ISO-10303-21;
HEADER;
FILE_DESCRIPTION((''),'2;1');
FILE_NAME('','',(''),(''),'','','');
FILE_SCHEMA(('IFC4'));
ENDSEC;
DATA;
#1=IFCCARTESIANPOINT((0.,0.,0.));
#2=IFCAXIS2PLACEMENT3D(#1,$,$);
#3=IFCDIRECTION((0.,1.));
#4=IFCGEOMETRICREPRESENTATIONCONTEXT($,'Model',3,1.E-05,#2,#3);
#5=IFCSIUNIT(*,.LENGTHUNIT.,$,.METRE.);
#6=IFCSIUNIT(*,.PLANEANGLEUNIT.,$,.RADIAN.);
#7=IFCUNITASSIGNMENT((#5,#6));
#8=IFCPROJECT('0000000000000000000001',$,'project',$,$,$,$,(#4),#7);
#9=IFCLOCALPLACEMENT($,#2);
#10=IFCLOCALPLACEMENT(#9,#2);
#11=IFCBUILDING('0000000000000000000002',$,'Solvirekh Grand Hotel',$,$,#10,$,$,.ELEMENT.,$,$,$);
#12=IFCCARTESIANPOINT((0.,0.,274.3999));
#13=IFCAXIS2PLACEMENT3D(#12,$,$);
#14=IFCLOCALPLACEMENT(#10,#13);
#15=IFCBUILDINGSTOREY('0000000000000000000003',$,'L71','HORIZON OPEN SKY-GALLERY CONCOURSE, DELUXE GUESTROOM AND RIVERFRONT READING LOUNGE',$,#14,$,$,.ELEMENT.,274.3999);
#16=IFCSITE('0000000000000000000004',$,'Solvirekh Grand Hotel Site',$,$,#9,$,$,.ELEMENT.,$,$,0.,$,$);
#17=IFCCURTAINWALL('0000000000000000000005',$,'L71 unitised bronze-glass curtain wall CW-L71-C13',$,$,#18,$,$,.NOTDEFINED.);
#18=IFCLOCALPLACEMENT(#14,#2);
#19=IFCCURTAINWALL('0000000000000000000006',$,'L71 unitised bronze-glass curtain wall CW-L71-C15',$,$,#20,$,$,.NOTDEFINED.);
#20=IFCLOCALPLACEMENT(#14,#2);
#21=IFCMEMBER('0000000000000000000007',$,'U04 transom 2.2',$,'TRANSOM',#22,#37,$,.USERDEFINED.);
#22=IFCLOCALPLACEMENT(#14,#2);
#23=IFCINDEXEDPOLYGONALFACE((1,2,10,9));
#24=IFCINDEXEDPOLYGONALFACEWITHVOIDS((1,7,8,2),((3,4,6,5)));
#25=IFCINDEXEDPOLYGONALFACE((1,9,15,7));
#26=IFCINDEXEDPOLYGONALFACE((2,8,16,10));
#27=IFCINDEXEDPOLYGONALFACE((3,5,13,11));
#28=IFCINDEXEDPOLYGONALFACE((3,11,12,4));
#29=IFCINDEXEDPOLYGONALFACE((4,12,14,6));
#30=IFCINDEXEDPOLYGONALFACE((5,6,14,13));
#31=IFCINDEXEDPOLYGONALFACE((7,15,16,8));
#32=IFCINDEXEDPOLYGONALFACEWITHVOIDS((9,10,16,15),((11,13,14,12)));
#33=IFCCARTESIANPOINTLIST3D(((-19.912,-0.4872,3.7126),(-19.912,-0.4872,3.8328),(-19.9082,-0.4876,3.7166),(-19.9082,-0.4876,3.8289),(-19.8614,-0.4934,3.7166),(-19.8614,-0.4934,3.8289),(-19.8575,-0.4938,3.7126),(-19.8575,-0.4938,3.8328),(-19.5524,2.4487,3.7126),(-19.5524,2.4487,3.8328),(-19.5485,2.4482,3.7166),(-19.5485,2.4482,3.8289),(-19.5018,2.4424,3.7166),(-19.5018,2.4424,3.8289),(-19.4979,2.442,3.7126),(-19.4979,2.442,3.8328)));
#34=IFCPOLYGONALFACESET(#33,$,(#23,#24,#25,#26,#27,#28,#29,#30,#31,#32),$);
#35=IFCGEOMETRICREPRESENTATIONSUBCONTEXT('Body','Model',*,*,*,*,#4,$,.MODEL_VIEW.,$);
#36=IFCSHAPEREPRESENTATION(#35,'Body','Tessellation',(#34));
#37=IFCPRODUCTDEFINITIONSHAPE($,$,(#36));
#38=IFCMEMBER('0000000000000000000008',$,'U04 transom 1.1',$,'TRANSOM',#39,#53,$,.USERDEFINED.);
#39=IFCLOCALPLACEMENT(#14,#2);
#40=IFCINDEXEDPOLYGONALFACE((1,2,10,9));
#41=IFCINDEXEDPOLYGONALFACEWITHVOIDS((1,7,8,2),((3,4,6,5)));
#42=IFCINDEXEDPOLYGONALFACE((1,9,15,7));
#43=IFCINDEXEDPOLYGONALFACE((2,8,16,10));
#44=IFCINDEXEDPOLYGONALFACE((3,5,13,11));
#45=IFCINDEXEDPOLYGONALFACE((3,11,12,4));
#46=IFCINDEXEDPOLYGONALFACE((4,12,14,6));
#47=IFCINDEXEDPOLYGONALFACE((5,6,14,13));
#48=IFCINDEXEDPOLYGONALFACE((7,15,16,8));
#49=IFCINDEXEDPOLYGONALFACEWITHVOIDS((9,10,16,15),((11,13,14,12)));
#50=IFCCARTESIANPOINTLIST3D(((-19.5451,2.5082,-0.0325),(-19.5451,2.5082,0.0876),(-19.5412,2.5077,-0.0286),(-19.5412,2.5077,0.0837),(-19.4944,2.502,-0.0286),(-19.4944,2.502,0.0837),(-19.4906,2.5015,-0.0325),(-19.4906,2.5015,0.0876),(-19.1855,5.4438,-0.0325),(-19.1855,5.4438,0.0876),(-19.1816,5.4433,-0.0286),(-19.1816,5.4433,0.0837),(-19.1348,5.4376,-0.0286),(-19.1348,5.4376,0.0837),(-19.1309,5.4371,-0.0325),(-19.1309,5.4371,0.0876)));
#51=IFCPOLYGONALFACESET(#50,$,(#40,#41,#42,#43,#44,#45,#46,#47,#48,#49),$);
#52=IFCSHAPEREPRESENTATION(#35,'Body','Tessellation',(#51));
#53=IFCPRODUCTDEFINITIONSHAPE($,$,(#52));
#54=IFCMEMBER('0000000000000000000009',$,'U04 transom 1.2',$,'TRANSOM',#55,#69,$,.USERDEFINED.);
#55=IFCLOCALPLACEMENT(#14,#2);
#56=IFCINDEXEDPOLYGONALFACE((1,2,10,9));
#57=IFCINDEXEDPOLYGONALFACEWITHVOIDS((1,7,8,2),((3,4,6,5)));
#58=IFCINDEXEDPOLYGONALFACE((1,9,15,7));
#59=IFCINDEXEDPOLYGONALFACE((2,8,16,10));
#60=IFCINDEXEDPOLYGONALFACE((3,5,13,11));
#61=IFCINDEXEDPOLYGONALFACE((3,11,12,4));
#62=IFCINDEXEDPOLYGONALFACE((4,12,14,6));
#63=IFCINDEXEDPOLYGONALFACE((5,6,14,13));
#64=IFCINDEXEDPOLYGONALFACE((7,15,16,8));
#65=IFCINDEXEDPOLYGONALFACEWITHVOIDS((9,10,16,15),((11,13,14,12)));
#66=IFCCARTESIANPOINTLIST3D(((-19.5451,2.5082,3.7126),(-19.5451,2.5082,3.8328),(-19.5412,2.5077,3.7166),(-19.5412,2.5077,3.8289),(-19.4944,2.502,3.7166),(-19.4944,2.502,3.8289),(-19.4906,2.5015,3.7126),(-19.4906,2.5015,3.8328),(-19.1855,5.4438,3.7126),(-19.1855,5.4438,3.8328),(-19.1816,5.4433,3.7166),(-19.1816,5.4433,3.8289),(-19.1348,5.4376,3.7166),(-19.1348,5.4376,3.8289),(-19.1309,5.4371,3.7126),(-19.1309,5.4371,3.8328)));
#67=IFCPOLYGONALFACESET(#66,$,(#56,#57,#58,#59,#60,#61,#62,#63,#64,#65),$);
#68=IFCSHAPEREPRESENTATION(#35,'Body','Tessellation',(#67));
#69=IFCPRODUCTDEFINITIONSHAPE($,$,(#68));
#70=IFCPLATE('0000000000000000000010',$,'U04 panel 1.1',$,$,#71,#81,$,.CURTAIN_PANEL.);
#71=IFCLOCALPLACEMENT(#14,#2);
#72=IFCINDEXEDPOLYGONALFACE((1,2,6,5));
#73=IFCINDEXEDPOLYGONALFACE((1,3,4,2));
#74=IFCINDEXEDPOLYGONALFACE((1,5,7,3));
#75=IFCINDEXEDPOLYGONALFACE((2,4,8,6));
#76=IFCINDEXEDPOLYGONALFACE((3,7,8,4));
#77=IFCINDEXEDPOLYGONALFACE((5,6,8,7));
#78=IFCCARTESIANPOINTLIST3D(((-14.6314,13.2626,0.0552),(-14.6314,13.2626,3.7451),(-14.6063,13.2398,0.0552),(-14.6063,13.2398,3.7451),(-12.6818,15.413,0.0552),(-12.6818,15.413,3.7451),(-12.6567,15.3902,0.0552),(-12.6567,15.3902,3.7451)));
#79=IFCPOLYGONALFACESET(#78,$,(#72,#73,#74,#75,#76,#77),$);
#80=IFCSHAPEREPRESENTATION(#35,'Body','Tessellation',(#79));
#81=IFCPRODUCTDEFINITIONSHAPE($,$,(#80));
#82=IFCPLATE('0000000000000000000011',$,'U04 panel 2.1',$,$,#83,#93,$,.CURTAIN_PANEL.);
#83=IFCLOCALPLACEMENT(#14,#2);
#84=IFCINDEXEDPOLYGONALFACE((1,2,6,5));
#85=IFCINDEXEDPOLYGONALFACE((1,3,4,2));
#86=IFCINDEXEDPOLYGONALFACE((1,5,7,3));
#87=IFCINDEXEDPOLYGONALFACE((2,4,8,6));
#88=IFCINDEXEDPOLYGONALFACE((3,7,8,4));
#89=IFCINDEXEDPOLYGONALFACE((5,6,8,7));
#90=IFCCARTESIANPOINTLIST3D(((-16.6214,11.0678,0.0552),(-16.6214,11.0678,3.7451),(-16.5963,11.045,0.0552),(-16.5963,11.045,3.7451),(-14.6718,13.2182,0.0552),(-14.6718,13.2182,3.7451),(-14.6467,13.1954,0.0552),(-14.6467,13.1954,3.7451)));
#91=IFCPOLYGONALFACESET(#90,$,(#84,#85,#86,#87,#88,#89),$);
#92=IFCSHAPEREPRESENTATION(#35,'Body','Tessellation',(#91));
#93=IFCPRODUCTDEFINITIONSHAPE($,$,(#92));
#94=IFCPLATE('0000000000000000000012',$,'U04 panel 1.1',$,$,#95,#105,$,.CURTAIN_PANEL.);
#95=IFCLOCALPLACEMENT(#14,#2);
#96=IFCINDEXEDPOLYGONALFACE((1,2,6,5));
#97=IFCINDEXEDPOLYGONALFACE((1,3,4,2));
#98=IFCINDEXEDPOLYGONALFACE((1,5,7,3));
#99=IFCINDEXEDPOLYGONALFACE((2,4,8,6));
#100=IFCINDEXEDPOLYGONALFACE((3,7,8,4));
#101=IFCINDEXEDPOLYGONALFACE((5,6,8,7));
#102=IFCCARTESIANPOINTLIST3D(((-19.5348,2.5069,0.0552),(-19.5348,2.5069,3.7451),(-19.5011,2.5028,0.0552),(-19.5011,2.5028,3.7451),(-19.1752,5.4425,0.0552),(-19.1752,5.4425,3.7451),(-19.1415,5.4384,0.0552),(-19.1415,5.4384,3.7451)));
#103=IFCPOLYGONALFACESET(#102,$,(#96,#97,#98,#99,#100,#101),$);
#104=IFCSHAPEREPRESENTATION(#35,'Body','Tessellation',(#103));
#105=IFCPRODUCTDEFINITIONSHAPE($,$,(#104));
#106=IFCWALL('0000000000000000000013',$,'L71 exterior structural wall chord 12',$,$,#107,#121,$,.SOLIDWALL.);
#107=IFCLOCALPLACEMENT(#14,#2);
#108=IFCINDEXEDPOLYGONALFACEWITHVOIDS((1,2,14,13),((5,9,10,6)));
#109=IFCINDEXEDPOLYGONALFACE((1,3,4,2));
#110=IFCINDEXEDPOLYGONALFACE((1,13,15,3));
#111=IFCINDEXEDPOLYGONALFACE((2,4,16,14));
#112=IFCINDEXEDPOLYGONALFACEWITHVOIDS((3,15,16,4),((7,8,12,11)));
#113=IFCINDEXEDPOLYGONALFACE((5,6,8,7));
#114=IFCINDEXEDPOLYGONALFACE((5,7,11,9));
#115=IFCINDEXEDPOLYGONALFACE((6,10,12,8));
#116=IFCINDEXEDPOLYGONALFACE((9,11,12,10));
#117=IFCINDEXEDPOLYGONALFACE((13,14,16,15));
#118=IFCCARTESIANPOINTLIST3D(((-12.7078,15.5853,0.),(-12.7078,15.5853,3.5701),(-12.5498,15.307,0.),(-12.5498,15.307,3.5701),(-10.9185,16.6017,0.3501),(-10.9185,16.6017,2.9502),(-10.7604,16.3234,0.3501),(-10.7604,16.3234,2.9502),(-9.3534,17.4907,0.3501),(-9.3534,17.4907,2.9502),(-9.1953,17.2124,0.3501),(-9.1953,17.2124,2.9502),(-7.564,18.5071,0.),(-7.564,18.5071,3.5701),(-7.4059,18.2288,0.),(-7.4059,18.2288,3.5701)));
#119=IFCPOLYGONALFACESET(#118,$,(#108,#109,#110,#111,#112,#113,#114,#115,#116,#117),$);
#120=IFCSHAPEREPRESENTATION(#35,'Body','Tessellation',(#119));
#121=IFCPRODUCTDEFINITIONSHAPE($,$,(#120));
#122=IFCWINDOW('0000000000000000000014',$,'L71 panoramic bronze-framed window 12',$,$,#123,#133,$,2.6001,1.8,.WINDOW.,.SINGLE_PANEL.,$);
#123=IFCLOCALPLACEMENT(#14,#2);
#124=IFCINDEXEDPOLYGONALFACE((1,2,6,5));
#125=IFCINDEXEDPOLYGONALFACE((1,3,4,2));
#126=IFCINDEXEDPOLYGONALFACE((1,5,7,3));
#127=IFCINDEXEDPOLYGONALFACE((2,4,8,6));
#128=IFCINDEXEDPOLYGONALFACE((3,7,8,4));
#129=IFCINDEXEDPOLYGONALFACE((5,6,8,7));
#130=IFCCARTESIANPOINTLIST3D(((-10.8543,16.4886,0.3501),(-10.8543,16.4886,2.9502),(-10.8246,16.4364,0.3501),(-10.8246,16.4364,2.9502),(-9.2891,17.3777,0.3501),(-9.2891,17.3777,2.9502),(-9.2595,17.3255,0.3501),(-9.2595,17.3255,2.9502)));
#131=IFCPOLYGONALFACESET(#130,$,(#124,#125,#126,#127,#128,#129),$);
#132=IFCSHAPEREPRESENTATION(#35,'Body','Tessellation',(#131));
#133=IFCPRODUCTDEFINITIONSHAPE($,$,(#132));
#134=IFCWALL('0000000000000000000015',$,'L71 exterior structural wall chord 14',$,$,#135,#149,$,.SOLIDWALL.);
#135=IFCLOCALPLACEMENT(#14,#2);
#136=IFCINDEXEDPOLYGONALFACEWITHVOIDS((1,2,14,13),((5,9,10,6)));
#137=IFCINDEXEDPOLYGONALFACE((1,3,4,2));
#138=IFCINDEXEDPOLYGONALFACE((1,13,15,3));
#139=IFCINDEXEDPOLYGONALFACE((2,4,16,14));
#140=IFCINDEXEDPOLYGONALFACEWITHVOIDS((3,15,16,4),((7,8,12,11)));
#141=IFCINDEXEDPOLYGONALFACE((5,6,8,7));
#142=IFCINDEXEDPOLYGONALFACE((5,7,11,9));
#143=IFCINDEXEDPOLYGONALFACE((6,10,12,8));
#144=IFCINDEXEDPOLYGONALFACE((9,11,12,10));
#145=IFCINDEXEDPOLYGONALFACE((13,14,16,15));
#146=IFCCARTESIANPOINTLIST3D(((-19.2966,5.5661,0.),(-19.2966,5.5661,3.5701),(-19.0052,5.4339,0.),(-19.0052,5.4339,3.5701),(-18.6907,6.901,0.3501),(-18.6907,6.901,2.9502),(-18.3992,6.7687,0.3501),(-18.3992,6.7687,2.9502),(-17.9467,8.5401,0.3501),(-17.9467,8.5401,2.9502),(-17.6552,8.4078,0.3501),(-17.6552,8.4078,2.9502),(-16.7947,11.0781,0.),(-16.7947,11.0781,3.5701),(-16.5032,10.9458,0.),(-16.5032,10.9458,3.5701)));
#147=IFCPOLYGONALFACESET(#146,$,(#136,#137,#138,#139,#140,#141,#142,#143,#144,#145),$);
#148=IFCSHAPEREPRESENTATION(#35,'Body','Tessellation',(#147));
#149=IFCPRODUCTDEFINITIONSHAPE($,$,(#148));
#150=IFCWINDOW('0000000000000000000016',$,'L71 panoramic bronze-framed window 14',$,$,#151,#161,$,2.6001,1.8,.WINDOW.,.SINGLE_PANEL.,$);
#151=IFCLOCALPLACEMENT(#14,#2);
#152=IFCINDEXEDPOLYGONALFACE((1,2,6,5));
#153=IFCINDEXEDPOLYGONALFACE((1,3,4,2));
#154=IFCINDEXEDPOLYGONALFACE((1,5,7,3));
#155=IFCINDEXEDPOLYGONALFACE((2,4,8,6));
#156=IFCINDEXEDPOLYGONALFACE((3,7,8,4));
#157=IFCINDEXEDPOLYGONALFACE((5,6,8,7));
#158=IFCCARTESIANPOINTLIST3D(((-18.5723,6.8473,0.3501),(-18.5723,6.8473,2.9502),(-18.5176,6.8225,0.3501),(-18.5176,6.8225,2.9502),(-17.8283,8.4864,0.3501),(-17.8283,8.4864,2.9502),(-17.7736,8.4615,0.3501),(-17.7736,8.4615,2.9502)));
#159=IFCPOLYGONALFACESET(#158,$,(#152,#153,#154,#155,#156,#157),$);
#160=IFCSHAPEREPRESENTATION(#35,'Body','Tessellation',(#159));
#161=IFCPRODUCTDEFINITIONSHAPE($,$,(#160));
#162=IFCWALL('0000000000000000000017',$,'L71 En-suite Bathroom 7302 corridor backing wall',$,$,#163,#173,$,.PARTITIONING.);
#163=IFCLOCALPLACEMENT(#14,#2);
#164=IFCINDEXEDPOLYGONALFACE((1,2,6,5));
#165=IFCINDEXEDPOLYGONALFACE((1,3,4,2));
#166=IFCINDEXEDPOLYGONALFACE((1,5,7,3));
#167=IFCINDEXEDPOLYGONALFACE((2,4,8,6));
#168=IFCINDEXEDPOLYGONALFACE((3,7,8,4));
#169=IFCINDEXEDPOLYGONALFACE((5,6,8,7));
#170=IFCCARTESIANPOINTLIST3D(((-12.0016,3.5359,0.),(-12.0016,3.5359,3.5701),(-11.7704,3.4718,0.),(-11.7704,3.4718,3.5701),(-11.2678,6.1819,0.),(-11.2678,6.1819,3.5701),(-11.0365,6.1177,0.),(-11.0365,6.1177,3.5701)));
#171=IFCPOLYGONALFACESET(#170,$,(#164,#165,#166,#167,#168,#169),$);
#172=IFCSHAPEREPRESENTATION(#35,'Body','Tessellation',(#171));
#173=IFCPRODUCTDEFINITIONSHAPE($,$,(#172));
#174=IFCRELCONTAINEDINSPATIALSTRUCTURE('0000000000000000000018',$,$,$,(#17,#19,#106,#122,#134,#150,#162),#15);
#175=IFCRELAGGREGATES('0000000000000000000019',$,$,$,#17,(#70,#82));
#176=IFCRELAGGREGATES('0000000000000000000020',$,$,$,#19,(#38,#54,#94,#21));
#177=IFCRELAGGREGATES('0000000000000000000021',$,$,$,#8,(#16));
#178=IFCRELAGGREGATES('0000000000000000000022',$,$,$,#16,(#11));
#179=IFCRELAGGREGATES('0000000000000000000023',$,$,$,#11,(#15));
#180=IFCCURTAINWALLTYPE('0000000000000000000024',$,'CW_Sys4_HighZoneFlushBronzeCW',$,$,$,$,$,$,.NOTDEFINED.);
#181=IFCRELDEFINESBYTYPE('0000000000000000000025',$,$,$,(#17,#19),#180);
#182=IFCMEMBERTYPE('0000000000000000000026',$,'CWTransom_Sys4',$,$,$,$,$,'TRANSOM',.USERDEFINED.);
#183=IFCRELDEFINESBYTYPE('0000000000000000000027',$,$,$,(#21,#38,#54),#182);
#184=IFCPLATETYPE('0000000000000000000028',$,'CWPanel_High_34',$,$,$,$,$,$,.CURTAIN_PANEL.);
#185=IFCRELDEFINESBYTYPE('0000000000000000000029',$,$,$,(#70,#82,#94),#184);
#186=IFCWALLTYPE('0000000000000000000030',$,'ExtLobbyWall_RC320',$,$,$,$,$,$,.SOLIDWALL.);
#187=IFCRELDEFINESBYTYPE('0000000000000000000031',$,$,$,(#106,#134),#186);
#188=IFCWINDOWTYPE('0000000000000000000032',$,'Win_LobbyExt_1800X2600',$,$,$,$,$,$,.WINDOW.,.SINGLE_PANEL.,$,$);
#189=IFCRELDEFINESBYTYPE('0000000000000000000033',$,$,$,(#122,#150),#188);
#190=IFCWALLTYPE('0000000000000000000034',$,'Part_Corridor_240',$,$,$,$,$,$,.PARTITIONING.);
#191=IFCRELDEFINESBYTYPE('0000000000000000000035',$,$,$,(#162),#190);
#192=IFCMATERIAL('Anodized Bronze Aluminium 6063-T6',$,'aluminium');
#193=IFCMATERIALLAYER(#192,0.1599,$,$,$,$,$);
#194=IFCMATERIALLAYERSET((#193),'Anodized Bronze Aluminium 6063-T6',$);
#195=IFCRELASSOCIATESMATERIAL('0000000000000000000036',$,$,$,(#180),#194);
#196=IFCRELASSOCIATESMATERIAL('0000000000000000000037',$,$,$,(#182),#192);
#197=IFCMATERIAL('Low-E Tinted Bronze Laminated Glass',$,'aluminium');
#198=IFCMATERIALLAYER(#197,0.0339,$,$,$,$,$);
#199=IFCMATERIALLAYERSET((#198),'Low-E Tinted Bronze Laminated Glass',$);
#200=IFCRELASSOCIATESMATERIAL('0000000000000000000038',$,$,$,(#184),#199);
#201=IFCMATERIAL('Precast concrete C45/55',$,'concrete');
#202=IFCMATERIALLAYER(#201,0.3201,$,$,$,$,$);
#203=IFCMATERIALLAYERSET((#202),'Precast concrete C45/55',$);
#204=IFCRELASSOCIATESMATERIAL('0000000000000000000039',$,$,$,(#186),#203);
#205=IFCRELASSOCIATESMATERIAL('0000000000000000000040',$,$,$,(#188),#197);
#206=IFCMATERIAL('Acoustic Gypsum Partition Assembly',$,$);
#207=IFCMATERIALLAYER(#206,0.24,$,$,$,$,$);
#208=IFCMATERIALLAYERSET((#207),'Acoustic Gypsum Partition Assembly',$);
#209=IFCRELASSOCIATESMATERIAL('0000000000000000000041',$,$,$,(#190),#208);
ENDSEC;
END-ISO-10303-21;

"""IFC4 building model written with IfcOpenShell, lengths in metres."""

from ifc_helpers import new_model, si_unit, direction, frame, frame_2d, origin, origin_2d, place, context, subcontext, project, spatial, rectangle, hollow_rectangle, extrude, source, transform, mapped, material, layer, layer_set, material_profile, profile_set, type_object, element, fill, aggregate, save


model = new_model("IFC4")

# Units and contexts
model_context = context("Model", 3, precision=1e-05, world=origin(), true_north=direction((0.0, 1.0)))
body_context = subcontext(model_context, "Body", "Model", "MODEL_VIEW")
ifc_project = project(units=[si_unit("LENGTHUNIT", "METRE"), si_unit("PLANEANGLEUNIT", "RADIAN")], contexts=[model_context])

# Site, building, storey
site_placement = place(None, origin())
site = spatial("IfcSite", under=ifc_project, at=site_placement, Name="Solvirekh Grand Hotel Site", CompositionType="ELEMENT", RefElevation=0.0)
building_placement = place(site_placement, origin())
building = spatial("IfcBuilding", under=site, at=building_placement, Name="Solvirekh Grand Hotel", CompositionType="ELEMENT")
storey_placement = place(building_placement, frame((0.0, 0.0, 274.3999)))
storey = spatial("IfcBuildingStorey", under=building, at=storey_placement, Name="L71", Description="HORIZON OPEN SKY-GALLERY CONCOURSE, DELUXE GUESTROOM AND RIVERFRONT READING LOUNGE", CompositionType="ELEMENT", Elevation=274.3999)

# Curtain walls
ifc_material_1 = material(Name="Anodized Bronze Aluminium 6063-T6", Category="aluminium")
ifc_layer_1 = layer(ifc_material_1, 0.1599)
ifc_layer_set_1 = layer_set([ifc_layer_1], Name="Anodized Bronze Aluminium 6063-T6")
curtain_wall_type = type_object("IfcCurtainWallType", Name="CW_Sys4_HighZoneFlushBronzeCW", PredefinedType="NOTDEFINED", material=ifc_layer_set_1)
curtain_wall_1_placement = place(storey_placement, origin())
curtain_wall_1 = element("IfcCurtainWall", 1, at=curtain_wall_1_placement, inside=storey, type_object=curtain_wall_type, Name="L71 unitised bronze-glass curtain wall CW-L71-C13", PredefinedType="NOTDEFINED")
curtain_wall_2_placement = place(storey_placement, origin())
curtain_wall_2 = element("IfcCurtainWall", 2, at=curtain_wall_2_placement, inside=storey, type_object=curtain_wall_type, Name="L71 unitised bronze-glass curtain wall CW-L71-C15", PredefinedType="NOTDEFINED")

# Members
ifc_material_profile_1 = material_profile(ifc_material_1, hollow_rectangle(XDim=0.0549, YDim=0.1201, WallThickness=0.0039, at=origin_2d()), Name="ALU RHS 120X55X4")
ifc_profile_set_1 = profile_set([ifc_material_profile_1], Name="Anodized Bronze Aluminium 6063-T6")
member_type_1 = type_object("IfcMemberType", Name="CWTransom_Sys4", ElementType="TRANSOM", PredefinedType="USERDEFINED", material=ifc_profile_set_1)
shared_shape_1 = source(origin(), body_context, "Body", "SweptSolid", [
    extrude(hollow_rectangle(XDim=0.0549, YDim=0.1201, WallThickness=0.0039, at=origin_2d()), origin(), (0.0, 0.0, 1.0), 2.9578),
])
member_1_placement = place(storey_placement, frame((-19.5251, 2.4453, 3.7727), z_axis=(-0.121586, -0.992581, 0.0), x_axis=(0.992581, -0.121586, 0.0)))
member_1 = element("IfcMember", 3, at=member_1_placement, type_object=member_type_1, Name="U04 transom 2.2", ObjectType="TRANSOM", PredefinedType="USERDEFINED", context=body_context, shape_type="MappedRepresentation", body=[
    mapped(shared_shape_1, transform((0.0, 0.0, 0.0), x_axis=(1.0, 0.0, 0.0), y_axis=(0.0, 1.0, 0.0), z_axis=(0.0, 0.0, 1.0), scale=1.0)),
])
shared_shape_2 = source(origin(), body_context, "Body", "SweptSolid", [
    extrude(hollow_rectangle(XDim=0.0549, YDim=0.1201, WallThickness=0.0039, at=origin_2d()), origin(), (0.0, 0.0, 1.0), 2.9575),
])
member_2_placement = place(storey_placement, frame((-19.1582, 5.4404, 0.0276), z_axis=(-0.121596, -0.99258, 0.0), x_axis=(0.99258, -0.121596, 0.0)))
member_2 = element("IfcMember", 4, at=member_2_placement, type_object=member_type_1, Name="U04 transom 1.1", ObjectType="TRANSOM", PredefinedType="USERDEFINED", context=body_context, shape_type="MappedRepresentation", body=[
    mapped(shared_shape_2, transform((0.0, 0.0, 0.0), x_axis=(1.0, 0.0, 0.0), y_axis=(0.0, 1.0, 0.0), z_axis=(0.0, 0.0, 1.0), scale=1.0)),
])
member_3_placement = place(storey_placement, frame((-19.1582, 5.4404, 3.7727), z_axis=(-0.121596, -0.99258, 0.0), x_axis=(0.99258, -0.121596, 0.0)))
member_3 = element("IfcMember", 5, at=member_3_placement, type_object=member_type_1, Name="U04 transom 1.2", ObjectType="TRANSOM", PredefinedType="USERDEFINED", context=body_context, shape_type="MappedRepresentation", body=[
    mapped(shared_shape_2, transform((0.0, 0.0, 0.0), x_axis=(1.0, 0.0, 0.0), y_axis=(0.0, 1.0, 0.0), z_axis=(0.0, 0.0, 1.0), scale=1.0)),
])

# Plates
ifc_material_2 = material(Name="Low-E Tinted Bronze Laminated Glass", Category="aluminium")
ifc_layer_2 = layer(ifc_material_2, 0.0339)
ifc_layer_set_2 = layer_set([ifc_layer_2], Name="Low-E Tinted Bronze Laminated Glass")
plate_type = type_object("IfcPlateType", Name="CWPanel_High_34", PredefinedType="CURTAIN_PANEL", material=ifc_layer_set_2)
shared_shape_3 = source(origin(), body_context, "Body", "SweptSolid", [
    extrude(rectangle(XDim=2.9026, YDim=0.0339, at=origin_2d()), origin(), (0.0, 0.0, 1.0), 3.6899),
])
plate_1_placement = place(storey_placement, frame((-13.644, 14.3264, 0.0552), z_axis=(0.0, 0.0, 1.0), x_axis=(-0.671674, -0.740847, 0.0)))
plate_1 = element("IfcPlate", 6, at=plate_1_placement, type_object=plate_type, Name="U04 panel 1.1", PredefinedType="CURTAIN_PANEL", context=body_context, shape_type="MappedRepresentation", body=[
    mapped(shared_shape_3, transform((0.0, 0.0, 0.0), x_axis=(1.0, 0.0, 0.0), y_axis=(0.0, 1.0, 0.0), z_axis=(0.0, 0.0, 1.0), scale=1.0)),
])
plate_2_placement = place(storey_placement, frame((-15.634, 12.1316, 0.0552), z_axis=(0.0, 0.0, 1.0), x_axis=(-0.671674, -0.740847, 0.0)))
plate_2 = element("IfcPlate", 7, at=plate_2_placement, type_object=plate_type, Name="U04 panel 2.1", PredefinedType="CURTAIN_PANEL", context=body_context, shape_type="MappedRepresentation", body=[
    mapped(shared_shape_3, transform((0.0, 0.0, 0.0), x_axis=(1.0, 0.0, 0.0), y_axis=(0.0, 1.0, 0.0), z_axis=(0.0, 0.0, 1.0), scale=1.0)),
])
aggregate(curtain_wall_1, [plate_1, plate_2])
shared_shape_4 = source(origin(), body_context, "Body", "SweptSolid", [
    extrude(rectangle(XDim=2.9575, YDim=0.0339, at=origin_2d()), origin(), (0.0, 0.0, 1.0), 3.6899),
])
plate_3_placement = place(storey_placement, frame((-19.3381, 3.9727, 0.0552), z_axis=(0.0, 0.0, 1.0), x_axis=(-0.121571, -0.992583, 0.0)))
plate_3 = element("IfcPlate", 8, at=plate_3_placement, type_object=plate_type, Name="U04 panel 1.1", PredefinedType="CURTAIN_PANEL", context=body_context, shape_type="MappedRepresentation", body=[
    mapped(shared_shape_4, transform((0.0, 0.0, 0.0), x_axis=(1.0, 0.0, 0.0), y_axis=(0.0, 1.0, 0.0), z_axis=(0.0, 0.0, 1.0), scale=1.0)),
])
aggregate(curtain_wall_2, [member_2, member_3, plate_3, member_1])

# Walls, openings, windows
ifc_material_3 = material(Name="Precast concrete C45/55", Category="concrete")
ifc_layer_3 = layer(ifc_material_3, 0.3201)
ifc_layer_set_3 = layer_set([ifc_layer_3], Name="Precast concrete C45/55")
wall_type_1 = type_object("IfcWallType", Name="ExtLobbyWall_RC320", PredefinedType="SOLIDWALL", material=ifc_layer_set_3)
wall_1_placement = place(storey_placement, frame((-12.6289, 15.446, 0.0), z_axis=(0.0, 0.0, 1.0), x_axis=(0.86951, 0.493915, 0.0)))
wall_1 = element("IfcWall", 9, at=wall_1_placement, inside=storey, type_object=wall_type_1, Name="L71 exterior structural wall chord 12", PredefinedType="SOLIDWALL", context=body_context, shape_type="SweptSolid", body=[
    extrude(rectangle(XDim=5.9158, YDim=0.3201, at=frame_2d((2.958, 0.0))), origin(), (0.0, 0.0, 1.0), 3.5701),
])
opening_1_placement = place(wall_1_placement, frame((2.0581, 0.0, 0.3501)))
opening_1 = element("IfcOpeningElement", 10, at=opening_1_placement, cuts=wall_1, PredefinedType="OPENING", context=body_context, shape_type="SweptSolid", body=[
    extrude(rectangle(XDim=1.8, YDim=2.6001, at=frame_2d((0.8999, 1.3))), frame((0.0, 0.1699, 0.0), z_axis=(0.0, -1.0, 0.0), x_axis=(1.0, 0.0, 0.0)), (0.0, 0.0, 1.0), 0.3401),
])
window_type = type_object("IfcWindowType", Name="Win_LobbyExt_1800X2600", PartitioningType="SINGLE_PANEL", PredefinedType="WINDOW", material=ifc_material_2)
window_1_placement = place(opening_1_placement, origin())
window_1 = element("IfcWindow", 11, at=window_1_placement, inside=storey, type_object=window_type, Name="L71 panoramic bronze-framed window 12", OverallHeight=2.6001, OverallWidth=1.8, PartitioningType="SINGLE_PANEL", PredefinedType="WINDOW", context=body_context, shape_type="SweptSolid", body=[
    extrude(rectangle(XDim=1.8, YDim=2.6001, at=frame_2d((0.8999, 1.3))), frame((0.0, 0.03, 0.0), z_axis=(0.0, -1.0, 0.0), x_axis=(1.0, 0.0, 0.0)), (0.0, 0.0, 1.0), 0.0601),
])
fill(opening_1, window_1)
wall_2_placement = place(storey_placement, frame((-19.1509, 5.5, 0.0), z_axis=(0.0, 0.0, 1.0), x_axis=(0.413326, 0.910583, 0.0)))
wall_2 = element("IfcWall", 12, at=wall_2_placement, inside=storey, type_object=wall_type_1, Name="L71 exterior structural wall chord 14", PredefinedType="SOLIDWALL", context=body_context, shape_type="SweptSolid", body=[
    extrude(rectangle(XDim=6.0532, YDim=0.3201, at=frame_2d((3.0266, 0.0))), origin(), (0.0, 0.0, 1.0), 3.5701),
])
opening_2_placement = place(wall_2_placement, frame((1.4661, 0.0, 0.3501)))
opening_2 = element("IfcOpeningElement", 13, at=opening_2_placement, cuts=wall_2, PredefinedType="OPENING", context=body_context, shape_type="SweptSolid", body=[
    extrude(rectangle(XDim=1.8, YDim=2.6001, at=frame_2d((0.8999, 1.3))), frame((0.0, 0.1699, 0.0), z_axis=(0.0, -1.0, 0.0), x_axis=(1.0, 0.0, 0.0)), (0.0, 0.0, 1.0), 0.3401),
])
window_2_placement = place(opening_2_placement, origin())
window_2 = element("IfcWindow", 14, at=window_2_placement, inside=storey, type_object=window_type, Name="L71 panoramic bronze-framed window 14", OverallHeight=2.6001, OverallWidth=1.8, PartitioningType="SINGLE_PANEL", PredefinedType="WINDOW", context=body_context, shape_type="SweptSolid", body=[
    extrude(rectangle(XDim=1.8, YDim=2.6001, at=frame_2d((0.8999, 1.3))), frame((0.0, 0.03, 0.0), z_axis=(0.0, -1.0, 0.0), x_axis=(1.0, 0.0, 0.0)), (0.0, 0.0, 1.0), 0.0601),
])
fill(opening_2, window_2)

# Wall
ifc_material_4 = material(Name="Acoustic Gypsum Partition Assembly")
ifc_layer_4 = layer(ifc_material_4, 0.24)
ifc_layer_set_4 = layer_set([ifc_layer_4], Name="Acoustic Gypsum Partition Assembly")
wall_type_2 = type_object("IfcWallType", Name="Part_Corridor_240", PredefinedType="PARTITIONING", material=ifc_layer_set_4)
wall_3_placement = place(storey_placement, frame((-11.1521, 6.1499, 0.0), z_axis=(0.0, 0.0, 1.0), x_axis=(-0.267268, -0.963622, 0.0)))
element("IfcWall", 15, at=wall_3_placement, inside=storey, type_object=wall_type_2, Name="L71 En-suite Bathroom 7302 corridor backing wall", PredefinedType="PARTITIONING", context=body_context, shape_type="SweptSolid", body=[
    extrude(rectangle(XDim=2.7458, YDim=0.24, at=frame_2d((1.373, 0.0))), origin(), (0.0, 0.0, 1.0), 3.5701),
])

save(model, "model.ifc")
